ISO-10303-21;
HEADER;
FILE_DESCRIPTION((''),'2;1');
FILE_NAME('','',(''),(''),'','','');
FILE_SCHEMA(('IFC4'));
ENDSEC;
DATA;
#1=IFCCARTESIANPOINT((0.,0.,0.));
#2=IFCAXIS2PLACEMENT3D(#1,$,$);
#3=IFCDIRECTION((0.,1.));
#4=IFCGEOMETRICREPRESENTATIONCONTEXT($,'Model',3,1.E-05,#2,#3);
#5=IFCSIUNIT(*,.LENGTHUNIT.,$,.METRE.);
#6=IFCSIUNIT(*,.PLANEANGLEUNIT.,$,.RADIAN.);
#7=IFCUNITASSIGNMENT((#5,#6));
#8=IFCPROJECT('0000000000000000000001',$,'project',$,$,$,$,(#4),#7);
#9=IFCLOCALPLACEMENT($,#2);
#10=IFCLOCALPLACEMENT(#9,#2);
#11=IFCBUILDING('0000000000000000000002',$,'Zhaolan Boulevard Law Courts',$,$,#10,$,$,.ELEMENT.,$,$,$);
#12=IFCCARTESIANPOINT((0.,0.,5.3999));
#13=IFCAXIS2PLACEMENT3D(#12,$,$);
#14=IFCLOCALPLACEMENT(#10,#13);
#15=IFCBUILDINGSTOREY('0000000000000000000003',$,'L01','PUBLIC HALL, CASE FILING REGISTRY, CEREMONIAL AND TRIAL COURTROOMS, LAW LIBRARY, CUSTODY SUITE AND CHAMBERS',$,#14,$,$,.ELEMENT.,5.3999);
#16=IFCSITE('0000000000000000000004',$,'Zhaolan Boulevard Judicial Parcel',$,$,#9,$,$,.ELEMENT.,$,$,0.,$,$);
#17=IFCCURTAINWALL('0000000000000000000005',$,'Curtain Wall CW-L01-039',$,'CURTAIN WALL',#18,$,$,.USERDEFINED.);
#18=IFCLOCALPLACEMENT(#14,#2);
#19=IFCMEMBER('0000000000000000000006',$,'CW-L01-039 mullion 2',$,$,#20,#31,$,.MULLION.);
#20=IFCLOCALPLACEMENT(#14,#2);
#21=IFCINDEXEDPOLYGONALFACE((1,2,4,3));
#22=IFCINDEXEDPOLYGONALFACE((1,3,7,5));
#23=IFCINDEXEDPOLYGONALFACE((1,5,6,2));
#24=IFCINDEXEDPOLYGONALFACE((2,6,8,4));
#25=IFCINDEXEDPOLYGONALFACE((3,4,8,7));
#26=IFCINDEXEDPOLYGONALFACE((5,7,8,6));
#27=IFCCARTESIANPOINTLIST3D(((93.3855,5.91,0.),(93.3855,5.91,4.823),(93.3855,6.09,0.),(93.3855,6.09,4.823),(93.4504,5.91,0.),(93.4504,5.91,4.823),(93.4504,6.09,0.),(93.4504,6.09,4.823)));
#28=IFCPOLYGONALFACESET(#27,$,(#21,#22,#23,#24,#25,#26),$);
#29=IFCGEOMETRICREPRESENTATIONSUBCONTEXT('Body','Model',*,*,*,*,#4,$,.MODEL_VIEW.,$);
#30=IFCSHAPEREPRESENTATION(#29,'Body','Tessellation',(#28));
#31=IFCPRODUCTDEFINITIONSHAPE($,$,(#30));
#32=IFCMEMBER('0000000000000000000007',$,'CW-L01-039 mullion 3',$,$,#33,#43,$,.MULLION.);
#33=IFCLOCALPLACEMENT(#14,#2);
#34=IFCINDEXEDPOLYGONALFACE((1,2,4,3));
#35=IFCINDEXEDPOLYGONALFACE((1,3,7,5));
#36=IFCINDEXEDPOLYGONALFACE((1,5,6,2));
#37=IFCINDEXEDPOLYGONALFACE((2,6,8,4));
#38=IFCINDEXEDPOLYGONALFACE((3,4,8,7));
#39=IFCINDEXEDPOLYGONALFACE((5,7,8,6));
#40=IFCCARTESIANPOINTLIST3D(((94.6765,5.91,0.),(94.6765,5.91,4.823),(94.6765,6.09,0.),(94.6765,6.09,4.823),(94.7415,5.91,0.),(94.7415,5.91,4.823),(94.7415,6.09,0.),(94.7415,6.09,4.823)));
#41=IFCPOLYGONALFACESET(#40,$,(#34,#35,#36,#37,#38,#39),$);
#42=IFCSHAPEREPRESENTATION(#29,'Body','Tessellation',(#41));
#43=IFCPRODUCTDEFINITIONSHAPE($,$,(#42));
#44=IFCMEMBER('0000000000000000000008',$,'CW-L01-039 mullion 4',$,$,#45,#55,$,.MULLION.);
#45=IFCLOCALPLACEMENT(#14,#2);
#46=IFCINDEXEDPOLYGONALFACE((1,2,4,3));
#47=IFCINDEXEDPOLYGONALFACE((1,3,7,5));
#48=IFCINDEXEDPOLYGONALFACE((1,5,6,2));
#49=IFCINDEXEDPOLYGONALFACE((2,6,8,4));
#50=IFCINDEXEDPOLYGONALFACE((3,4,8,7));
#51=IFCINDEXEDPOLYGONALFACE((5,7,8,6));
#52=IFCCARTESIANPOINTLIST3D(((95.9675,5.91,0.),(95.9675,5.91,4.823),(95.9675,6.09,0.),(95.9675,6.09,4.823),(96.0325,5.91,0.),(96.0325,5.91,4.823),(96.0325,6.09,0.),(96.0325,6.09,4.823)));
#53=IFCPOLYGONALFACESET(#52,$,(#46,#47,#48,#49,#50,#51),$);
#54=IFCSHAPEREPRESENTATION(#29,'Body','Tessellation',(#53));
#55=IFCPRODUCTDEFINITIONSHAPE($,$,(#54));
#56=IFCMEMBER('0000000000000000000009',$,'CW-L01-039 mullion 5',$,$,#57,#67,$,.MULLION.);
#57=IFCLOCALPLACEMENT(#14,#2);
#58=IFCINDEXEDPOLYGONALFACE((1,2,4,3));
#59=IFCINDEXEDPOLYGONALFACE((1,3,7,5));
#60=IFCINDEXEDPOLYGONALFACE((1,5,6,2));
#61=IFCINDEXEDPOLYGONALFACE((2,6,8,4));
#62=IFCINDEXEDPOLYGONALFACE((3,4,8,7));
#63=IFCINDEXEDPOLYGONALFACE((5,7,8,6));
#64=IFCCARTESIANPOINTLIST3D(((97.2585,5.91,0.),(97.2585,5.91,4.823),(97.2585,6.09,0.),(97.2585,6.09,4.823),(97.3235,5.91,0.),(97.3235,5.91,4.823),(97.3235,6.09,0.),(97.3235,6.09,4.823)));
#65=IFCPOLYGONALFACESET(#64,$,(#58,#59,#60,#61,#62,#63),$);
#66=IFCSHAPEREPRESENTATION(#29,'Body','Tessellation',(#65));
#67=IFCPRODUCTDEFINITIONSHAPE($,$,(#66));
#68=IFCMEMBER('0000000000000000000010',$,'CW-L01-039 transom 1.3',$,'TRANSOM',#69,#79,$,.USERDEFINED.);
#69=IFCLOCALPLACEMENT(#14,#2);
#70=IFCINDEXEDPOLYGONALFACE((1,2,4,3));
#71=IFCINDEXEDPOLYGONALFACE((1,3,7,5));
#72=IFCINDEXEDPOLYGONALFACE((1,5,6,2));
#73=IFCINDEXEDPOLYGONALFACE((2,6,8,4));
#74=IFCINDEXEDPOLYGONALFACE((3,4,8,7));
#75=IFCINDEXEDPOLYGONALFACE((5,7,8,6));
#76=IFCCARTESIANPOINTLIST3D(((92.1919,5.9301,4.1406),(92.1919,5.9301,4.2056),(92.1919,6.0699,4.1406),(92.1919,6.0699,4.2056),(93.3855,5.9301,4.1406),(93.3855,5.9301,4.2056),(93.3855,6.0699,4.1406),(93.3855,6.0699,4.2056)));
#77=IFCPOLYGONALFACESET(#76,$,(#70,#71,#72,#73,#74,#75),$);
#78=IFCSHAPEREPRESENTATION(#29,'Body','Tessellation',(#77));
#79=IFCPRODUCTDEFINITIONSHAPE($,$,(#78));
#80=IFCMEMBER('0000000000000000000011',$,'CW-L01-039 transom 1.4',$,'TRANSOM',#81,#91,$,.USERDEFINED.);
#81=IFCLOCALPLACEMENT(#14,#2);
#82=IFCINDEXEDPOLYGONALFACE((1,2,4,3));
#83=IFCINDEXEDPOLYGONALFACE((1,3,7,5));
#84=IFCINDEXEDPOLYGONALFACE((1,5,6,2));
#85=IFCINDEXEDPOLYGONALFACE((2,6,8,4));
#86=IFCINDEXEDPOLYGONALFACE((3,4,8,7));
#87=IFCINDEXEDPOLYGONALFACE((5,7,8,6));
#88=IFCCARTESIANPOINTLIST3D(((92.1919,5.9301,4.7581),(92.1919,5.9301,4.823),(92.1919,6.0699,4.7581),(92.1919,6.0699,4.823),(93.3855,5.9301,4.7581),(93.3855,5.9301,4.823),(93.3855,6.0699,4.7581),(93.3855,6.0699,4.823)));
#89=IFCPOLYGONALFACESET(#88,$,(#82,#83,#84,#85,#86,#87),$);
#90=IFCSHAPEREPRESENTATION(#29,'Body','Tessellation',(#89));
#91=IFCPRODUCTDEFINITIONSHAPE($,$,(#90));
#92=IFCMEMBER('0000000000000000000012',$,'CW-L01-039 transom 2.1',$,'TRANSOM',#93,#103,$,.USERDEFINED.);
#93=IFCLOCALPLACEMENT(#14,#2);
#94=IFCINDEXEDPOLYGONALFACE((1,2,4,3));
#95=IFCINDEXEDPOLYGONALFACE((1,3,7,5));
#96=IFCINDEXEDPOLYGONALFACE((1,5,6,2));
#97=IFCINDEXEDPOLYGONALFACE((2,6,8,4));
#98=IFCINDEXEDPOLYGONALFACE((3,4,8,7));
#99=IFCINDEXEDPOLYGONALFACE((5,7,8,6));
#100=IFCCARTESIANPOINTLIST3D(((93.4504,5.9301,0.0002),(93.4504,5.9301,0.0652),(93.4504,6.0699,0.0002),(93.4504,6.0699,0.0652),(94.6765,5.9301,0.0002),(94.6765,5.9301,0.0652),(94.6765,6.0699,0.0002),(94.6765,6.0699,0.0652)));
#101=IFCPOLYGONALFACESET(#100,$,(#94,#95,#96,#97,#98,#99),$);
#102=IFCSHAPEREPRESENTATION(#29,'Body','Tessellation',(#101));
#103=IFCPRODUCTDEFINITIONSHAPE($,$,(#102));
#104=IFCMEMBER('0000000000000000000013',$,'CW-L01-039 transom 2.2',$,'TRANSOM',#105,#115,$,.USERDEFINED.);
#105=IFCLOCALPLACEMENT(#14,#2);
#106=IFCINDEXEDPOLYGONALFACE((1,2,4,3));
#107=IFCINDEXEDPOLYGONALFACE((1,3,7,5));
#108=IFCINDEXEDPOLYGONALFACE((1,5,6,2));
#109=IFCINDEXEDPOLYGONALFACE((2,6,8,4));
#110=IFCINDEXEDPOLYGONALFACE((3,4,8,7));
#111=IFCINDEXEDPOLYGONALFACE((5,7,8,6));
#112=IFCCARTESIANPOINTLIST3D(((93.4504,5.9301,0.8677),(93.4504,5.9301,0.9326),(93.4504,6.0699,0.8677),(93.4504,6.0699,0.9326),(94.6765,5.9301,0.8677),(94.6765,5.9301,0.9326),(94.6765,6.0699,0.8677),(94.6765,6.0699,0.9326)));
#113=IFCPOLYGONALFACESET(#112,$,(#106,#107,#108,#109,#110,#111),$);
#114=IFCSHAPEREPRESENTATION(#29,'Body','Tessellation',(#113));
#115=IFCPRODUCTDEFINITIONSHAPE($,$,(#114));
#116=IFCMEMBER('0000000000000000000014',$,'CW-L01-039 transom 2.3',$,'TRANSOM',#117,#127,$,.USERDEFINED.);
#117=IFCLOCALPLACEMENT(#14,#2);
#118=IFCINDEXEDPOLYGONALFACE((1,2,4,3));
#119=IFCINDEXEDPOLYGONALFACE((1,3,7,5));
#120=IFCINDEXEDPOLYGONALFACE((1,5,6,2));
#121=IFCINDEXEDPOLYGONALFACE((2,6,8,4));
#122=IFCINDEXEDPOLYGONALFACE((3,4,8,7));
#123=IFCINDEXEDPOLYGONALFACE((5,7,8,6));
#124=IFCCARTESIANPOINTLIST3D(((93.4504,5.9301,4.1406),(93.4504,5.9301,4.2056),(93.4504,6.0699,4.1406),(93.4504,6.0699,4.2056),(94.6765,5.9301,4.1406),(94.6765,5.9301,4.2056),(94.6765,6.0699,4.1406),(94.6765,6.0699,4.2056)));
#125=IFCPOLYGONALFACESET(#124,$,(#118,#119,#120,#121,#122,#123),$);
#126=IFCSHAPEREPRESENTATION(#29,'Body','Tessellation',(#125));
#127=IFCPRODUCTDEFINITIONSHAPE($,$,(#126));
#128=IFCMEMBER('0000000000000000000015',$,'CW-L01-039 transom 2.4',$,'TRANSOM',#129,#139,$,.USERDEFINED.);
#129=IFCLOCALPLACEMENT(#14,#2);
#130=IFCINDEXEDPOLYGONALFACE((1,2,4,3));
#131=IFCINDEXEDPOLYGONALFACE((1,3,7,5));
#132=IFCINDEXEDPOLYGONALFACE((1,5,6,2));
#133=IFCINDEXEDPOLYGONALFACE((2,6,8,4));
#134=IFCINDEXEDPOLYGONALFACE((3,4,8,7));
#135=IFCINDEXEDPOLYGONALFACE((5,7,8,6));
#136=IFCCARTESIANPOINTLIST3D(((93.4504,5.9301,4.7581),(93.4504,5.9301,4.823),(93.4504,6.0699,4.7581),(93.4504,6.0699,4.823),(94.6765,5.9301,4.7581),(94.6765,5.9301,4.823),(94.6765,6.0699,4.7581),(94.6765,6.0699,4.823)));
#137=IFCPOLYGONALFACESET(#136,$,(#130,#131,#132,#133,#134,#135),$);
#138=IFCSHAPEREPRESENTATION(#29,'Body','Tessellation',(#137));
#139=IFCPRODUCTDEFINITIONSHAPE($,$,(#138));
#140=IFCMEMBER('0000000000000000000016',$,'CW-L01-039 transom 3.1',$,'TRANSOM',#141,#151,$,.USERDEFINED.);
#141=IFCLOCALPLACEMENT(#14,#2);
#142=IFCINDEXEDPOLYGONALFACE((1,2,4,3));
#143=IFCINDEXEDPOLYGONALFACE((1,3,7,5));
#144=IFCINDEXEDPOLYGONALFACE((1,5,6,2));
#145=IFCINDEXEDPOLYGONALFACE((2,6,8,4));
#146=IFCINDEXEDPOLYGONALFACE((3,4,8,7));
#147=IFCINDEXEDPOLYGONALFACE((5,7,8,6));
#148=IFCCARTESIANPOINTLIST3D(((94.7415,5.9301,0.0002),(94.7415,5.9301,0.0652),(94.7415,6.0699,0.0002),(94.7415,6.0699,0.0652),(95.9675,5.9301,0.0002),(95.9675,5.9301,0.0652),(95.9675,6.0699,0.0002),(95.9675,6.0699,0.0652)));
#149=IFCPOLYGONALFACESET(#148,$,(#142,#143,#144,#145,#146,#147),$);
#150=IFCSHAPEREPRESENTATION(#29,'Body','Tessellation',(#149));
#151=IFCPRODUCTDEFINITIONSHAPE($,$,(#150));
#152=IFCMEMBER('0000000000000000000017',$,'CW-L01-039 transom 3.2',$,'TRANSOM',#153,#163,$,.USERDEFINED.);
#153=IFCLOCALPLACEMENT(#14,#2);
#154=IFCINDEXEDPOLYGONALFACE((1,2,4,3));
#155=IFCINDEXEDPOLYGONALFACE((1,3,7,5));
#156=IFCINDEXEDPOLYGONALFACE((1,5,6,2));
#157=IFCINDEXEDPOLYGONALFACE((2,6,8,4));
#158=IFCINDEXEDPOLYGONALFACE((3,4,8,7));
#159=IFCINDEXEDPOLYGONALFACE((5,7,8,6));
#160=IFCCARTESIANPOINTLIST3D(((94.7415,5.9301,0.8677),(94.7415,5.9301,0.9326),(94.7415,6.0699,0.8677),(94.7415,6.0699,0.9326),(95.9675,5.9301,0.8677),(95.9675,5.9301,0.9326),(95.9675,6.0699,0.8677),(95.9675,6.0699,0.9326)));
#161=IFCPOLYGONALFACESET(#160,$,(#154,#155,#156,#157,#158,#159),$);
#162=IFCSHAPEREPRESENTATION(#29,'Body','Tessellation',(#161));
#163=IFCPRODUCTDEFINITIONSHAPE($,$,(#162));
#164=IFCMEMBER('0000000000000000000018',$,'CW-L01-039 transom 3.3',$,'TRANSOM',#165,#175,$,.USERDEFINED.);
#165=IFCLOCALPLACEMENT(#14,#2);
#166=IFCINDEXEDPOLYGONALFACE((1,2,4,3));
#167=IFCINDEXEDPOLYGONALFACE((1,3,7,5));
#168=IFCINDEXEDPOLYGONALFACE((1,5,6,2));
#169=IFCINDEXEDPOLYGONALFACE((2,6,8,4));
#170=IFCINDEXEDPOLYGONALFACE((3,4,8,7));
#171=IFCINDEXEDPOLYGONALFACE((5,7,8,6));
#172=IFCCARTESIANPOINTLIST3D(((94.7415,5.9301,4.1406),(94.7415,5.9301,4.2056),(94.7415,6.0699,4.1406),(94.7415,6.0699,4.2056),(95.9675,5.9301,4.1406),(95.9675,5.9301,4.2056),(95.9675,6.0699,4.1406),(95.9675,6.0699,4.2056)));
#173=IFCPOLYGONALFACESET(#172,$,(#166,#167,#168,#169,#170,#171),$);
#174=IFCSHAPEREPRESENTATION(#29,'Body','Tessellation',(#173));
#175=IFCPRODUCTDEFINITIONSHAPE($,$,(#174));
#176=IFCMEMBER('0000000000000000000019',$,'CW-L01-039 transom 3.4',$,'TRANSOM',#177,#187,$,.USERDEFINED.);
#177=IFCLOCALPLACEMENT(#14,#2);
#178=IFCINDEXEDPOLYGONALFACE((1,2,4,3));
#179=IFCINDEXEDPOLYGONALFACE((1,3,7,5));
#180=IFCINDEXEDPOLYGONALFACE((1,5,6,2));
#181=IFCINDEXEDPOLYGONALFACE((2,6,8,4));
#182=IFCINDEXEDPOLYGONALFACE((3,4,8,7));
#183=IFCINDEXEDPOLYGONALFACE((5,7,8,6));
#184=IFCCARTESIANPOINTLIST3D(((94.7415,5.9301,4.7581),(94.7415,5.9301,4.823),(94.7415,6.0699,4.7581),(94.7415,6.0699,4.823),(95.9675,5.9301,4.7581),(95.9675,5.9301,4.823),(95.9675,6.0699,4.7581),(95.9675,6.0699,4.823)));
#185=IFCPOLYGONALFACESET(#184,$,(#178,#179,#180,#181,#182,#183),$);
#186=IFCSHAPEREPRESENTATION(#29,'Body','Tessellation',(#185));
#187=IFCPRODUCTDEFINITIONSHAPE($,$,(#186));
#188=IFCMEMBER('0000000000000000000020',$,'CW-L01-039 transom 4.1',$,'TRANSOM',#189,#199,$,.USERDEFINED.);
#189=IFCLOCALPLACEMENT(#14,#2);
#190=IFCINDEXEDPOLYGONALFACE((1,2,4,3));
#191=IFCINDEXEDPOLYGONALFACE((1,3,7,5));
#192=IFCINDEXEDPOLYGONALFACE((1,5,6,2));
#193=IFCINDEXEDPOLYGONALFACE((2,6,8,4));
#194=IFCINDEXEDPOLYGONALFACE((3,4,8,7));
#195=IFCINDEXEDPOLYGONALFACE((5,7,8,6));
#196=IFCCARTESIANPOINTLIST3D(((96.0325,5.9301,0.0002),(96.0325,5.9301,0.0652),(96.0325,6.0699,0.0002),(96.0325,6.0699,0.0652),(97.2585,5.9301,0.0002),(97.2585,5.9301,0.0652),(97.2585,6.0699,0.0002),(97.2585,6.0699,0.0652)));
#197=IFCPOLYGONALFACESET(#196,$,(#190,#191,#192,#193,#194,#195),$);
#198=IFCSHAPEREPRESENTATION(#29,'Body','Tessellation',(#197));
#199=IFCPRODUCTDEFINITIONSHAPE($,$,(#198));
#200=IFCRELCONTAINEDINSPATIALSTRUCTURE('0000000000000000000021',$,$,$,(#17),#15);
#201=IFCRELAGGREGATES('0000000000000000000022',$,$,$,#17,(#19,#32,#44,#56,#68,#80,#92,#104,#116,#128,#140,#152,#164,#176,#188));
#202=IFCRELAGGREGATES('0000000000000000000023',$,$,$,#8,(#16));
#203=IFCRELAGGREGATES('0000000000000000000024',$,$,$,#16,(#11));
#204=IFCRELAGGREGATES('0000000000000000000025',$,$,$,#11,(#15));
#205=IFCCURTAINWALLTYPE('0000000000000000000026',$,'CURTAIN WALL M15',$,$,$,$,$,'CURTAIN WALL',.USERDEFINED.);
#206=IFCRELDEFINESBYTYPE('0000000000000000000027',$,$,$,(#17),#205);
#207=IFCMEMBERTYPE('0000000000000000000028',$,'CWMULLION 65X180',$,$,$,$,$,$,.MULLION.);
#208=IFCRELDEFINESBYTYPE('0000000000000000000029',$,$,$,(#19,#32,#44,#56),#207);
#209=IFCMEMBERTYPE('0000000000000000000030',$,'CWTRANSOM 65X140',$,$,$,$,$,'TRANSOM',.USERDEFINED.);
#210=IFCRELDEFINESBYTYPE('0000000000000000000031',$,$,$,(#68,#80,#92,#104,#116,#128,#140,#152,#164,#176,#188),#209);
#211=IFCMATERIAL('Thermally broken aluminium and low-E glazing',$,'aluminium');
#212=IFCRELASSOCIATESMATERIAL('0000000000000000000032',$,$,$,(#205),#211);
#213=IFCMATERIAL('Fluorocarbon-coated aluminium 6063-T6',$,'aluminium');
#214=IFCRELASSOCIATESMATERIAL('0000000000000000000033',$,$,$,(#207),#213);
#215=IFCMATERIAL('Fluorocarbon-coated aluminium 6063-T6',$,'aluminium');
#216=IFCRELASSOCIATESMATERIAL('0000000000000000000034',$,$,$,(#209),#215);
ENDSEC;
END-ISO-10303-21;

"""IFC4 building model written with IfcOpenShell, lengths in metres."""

from ifc_helpers import new_model, si_unit, direction, frame, origin, origin_2d, place, context, subcontext, project, spatial, rectangle, extrude, material, material_profile, profile_set, type_object, element, aggregate, save


model = new_model("IFC4")

# Units and contexts
model_context = context("Model", 3, precision=1e-05, world=origin(), true_north=direction((0.0, 1.0)))
body_context = subcontext(model_context, "Body", "Model", "MODEL_VIEW")
ifc_project = project(units=[si_unit("LENGTHUNIT", "METRE"), si_unit("PLANEANGLEUNIT", "RADIAN")], contexts=[model_context])

# Site, building, storey
site_placement = place(None, origin())
site = spatial("IfcSite", under=ifc_project, at=site_placement, Name="Zhaolan Boulevard Judicial Parcel", CompositionType="ELEMENT", RefElevation=0.0)
building_placement = place(site_placement, origin())
building = spatial("IfcBuilding", under=site, at=building_placement, Name="Zhaolan Boulevard Law Courts", CompositionType="ELEMENT")
storey_placement = place(building_placement, frame((0.0, 0.0, 5.3999)))
storey = spatial("IfcBuildingStorey", under=building, at=storey_placement, Name="L01", Description="PUBLIC HALL, CASE FILING REGISTRY, CEREMONIAL AND TRIAL COURTROOMS, LAW LIBRARY, CUSTODY SUITE AND CHAMBERS", CompositionType="ELEMENT", Elevation=5.3999)

# Curtain wall, members
ifc_material_1 = material(Name="Thermally broken aluminium and low-E glazing", Category="aluminium")
curtain_wall_type = type_object("IfcCurtainWallType", Name="CURTAIN WALL M15", ElementType="CURTAIN WALL", PredefinedType="USERDEFINED", material=ifc_material_1)
curtain_wall_placement = place(storey_placement, origin())
curtain_wall = element("IfcCurtainWall", 1, at=curtain_wall_placement, inside=storey, type_object=curtain_wall_type, Name="Curtain Wall CW-L01-039", ObjectType="CURTAIN WALL", PredefinedType="USERDEFINED")
ifc_material_2 = material(Name="Fluorocarbon-coated aluminium 6063-T6", Category="aluminium")
ifc_material_profile_1 = material_profile(ifc_material_2, rectangle(XDim=0.1799, YDim=0.0649, at=origin_2d()), Name="AL65x180")
ifc_profile_set_1 = profile_set([ifc_material_profile_1], Name="Fluorocarbon-coated aluminium 6063-T6")
member_type_1 = type_object("IfcMemberType", Name="CWMULLION 65X180", PredefinedType="MULLION", material=ifc_profile_set_1)
member_1_placement = place(storey_placement, frame((93.418, 6.0, 0.0), z_axis=(0.0, 0.0, 1.0), x_axis=(0.0, 1.0, 0.0)))
member_1 = element("IfcMember", 2, at=member_1_placement, type_object=member_type_1, Name="CW-L01-039 mullion 2", PredefinedType="MULLION", context=body_context, shape_type="SweptSolid", body=[
    extrude(rectangle(XDim=0.1799, YDim=0.0649, at=origin_2d()), origin(), (0.0, 0.0, 1.0), 4.823),
])
member_2_placement = place(storey_placement, frame((94.709, 6.0, 0.0), z_axis=(0.0, 0.0, 1.0), x_axis=(0.0, 1.0, 0.0)))
member_2 = element("IfcMember", 3, at=member_2_placement, type_object=member_type_1, Name="CW-L01-039 mullion 3", PredefinedType="MULLION", context=body_context, shape_type="SweptSolid", body=[
    extrude(rectangle(XDim=0.1799, YDim=0.0649, at=origin_2d()), origin(), (0.0, 0.0, 1.0), 4.823),
])
member_3_placement = place(storey_placement, frame((96.0, 6.0, 0.0), z_axis=(0.0, 0.0, 1.0), x_axis=(0.0, 1.0, 0.0)))
member_3 = element("IfcMember", 4, at=member_3_placement, type_object=member_type_1, Name="CW-L01-039 mullion 4", PredefinedType="MULLION", context=body_context, shape_type="SweptSolid", body=[
    extrude(rectangle(XDim=0.1799, YDim=0.0649, at=origin_2d()), origin(), (0.0, 0.0, 1.0), 4.823),
])
member_4_placement = place(storey_placement, frame((97.291, 6.0, 0.0), z_axis=(0.0, 0.0, 1.0), x_axis=(0.0, 1.0, 0.0)))
member_4 = element("IfcMember", 5, at=member_4_placement, type_object=member_type_1, Name="CW-L01-039 mullion 5", PredefinedType="MULLION", context=body_context, shape_type="SweptSolid", body=[
    extrude(rectangle(XDim=0.1799, YDim=0.0649, at=origin_2d()), origin(), (0.0, 0.0, 1.0), 4.823),
])
ifc_material_3 = material(Name="Fluorocarbon-coated aluminium 6063-T6", Category="aluminium")
ifc_material_profile_2 = material_profile(ifc_material_3, rectangle(XDim=0.1399, YDim=0.0649, at=origin_2d()), Name="AL65x140")
ifc_profile_set_2 = profile_set([ifc_material_profile_2], Name="Fluorocarbon-coated aluminium 6063-T6")
member_type_2 = type_object("IfcMemberType", Name="CWTRANSOM 65X140", ElementType="TRANSOM", PredefinedType="USERDEFINED", material=ifc_profile_set_2)
member_5_placement = place(storey_placement, frame((92.1919, 6.0, 4.1731), z_axis=(1.0, 0.0, 0.0), x_axis=(0.0, 1.0, 0.0)))
member_5 = element("IfcMember", 6, at=member_5_placement, type_object=member_type_2, Name="CW-L01-039 transom 1.3", ObjectType="TRANSOM", PredefinedType="USERDEFINED", context=body_context, shape_type="SweptSolid", body=[
    extrude(rectangle(XDim=0.1399, YDim=0.0649, at=origin_2d()), origin(), (0.0, 0.0, 1.0), 1.1936),
])
member_6_placement = place(storey_placement, frame((92.1919, 6.0, 4.7905), z_axis=(1.0, 0.0, 0.0), x_axis=(0.0, 1.0, 0.0)))
member_6 = element("IfcMember", 7, at=member_6_placement, type_object=member_type_2, Name="CW-L01-039 transom 1.4", ObjectType="TRANSOM", PredefinedType="USERDEFINED", context=body_context, shape_type="SweptSolid", body=[
    extrude(rectangle(XDim=0.1399, YDim=0.0649, at=origin_2d()), origin(), (0.0, 0.0, 1.0), 1.1936),
])
member_7_placement = place(storey_placement, frame((93.4504, 6.0, 0.0327), z_axis=(1.0, 0.0, 0.0), x_axis=(0.0, 1.0, 0.0)))
member_7 = element("IfcMember", 8, at=member_7_placement, type_object=member_type_2, Name="CW-L01-039 transom 2.1", ObjectType="TRANSOM", PredefinedType="USERDEFINED", context=body_context, shape_type="SweptSolid", body=[
    extrude(rectangle(XDim=0.1399, YDim=0.0649, at=origin_2d()), origin(), (0.0, 0.0, 1.0), 1.2261),
])
member_8_placement = place(storey_placement, frame((93.4504, 6.0, 0.9001), z_axis=(1.0, 0.0, 0.0), x_axis=(0.0, 1.0, 0.0)))
member_8 = element("IfcMember", 9, at=member_8_placement, type_object=member_type_2, Name="CW-L01-039 transom 2.2", ObjectType="TRANSOM", PredefinedType="USERDEFINED", context=body_context, shape_type="SweptSolid", body=[
    extrude(rectangle(XDim=0.1399, YDim=0.0649, at=origin_2d()), origin(), (0.0, 0.0, 1.0), 1.2261),
])
member_9_placement = place(storey_placement, frame((93.4504, 6.0, 4.1731), z_axis=(1.0, 0.0, 0.0), x_axis=(0.0, 1.0, 0.0)))
member_9 = element("IfcMember", 10, at=member_9_placement, type_object=member_type_2, Name="CW-L01-039 transom 2.3", ObjectType="TRANSOM", PredefinedType="USERDEFINED", context=body_context, shape_type="SweptSolid", body=[
    extrude(rectangle(XDim=0.1399, YDim=0.0649, at=origin_2d()), origin(), (0.0, 0.0, 1.0), 1.2261),
])
member_10_placement = place(storey_placement, frame((93.4504, 6.0, 4.7905), z_axis=(1.0, 0.0, 0.0), x_axis=(0.0, 1.0, 0.0)))
member_10 = element("IfcMember", 11, at=member_10_placement, type_object=member_type_2, Name="CW-L01-039 transom 2.4", ObjectType="TRANSOM", PredefinedType="USERDEFINED", context=body_context, shape_type="SweptSolid", body=[
    extrude(rectangle(XDim=0.1399, YDim=0.0649, at=origin_2d()), origin(), (0.0, 0.0, 1.0), 1.2261),
])
member_11_placement = place(storey_placement, frame((94.7415, 6.0, 0.0327), z_axis=(1.0, 0.0, 0.0), x_axis=(0.0, 1.0, 0.0)))
member_11 = element("IfcMember", 12, at=member_11_placement, type_object=member_type_2, Name="CW-L01-039 transom 3.1", ObjectType="TRANSOM", PredefinedType="USERDEFINED", context=body_context, shape_type="SweptSolid", body=[
    extrude(rectangle(XDim=0.1399, YDim=0.0649, at=origin_2d()), origin(), (0.0, 0.0, 1.0), 1.2261),
])
member_12_placement = place(storey_placement, frame((94.7415, 6.0, 0.9001), z_axis=(1.0, 0.0, 0.0), x_axis=(0.0, 1.0, 0.0)))
member_12 = element("IfcMember", 13, at=member_12_placement, type_object=member_type_2, Name="CW-L01-039 transom 3.2", ObjectType="TRANSOM", PredefinedType="USERDEFINED", context=body_context, shape_type="SweptSolid", body=[
    extrude(rectangle(XDim=0.1399, YDim=0.0649, at=origin_2d()), origin(), (0.0, 0.0, 1.0), 1.2261),
])
member_13_placement = place(storey_placement, frame((94.7415, 6.0, 4.1731), z_axis=(1.0, 0.0, 0.0), x_axis=(0.0, 1.0, 0.0)))
member_13 = element("IfcMember", 14, at=member_13_placement, type_object=member_type_2, Name="CW-L01-039 transom 3.3", ObjectType="TRANSOM", PredefinedType="USERDEFINED", context=body_context, shape_type="SweptSolid", body=[
    extrude(rectangle(XDim=0.1399, YDim=0.0649, at=origin_2d()), origin(), (0.0, 0.0, 1.0), 1.2261),
])
member_14_placement = place(storey_placement, frame((94.7415, 6.0, 4.7905), z_axis=(1.0, 0.0, 0.0), x_axis=(0.0, 1.0, 0.0)))
member_14 = element("IfcMember", 15, at=member_14_placement, type_object=member_type_2, Name="CW-L01-039 transom 3.4", ObjectType="TRANSOM", PredefinedType="USERDEFINED", context=body_context, shape_type="SweptSolid", body=[
    extrude(rectangle(XDim=0.1399, YDim=0.0649, at=origin_2d()), origin(), (0.0, 0.0, 1.0), 1.2261),
])
member_15_placement = place(storey_placement, frame((96.0325, 6.0, 0.0327), z_axis=(1.0, 0.0, 0.0), x_axis=(0.0, 1.0, 0.0)))
member_15 = element("IfcMember", 16, at=member_15_placement, type_object=member_type_2, Name="CW-L01-039 transom 4.1", ObjectType="TRANSOM", PredefinedType="USERDEFINED", context=body_context, shape_type="SweptSolid", body=[
    extrude(rectangle(XDim=0.1399, YDim=0.0649, at=origin_2d()), origin(), (0.0, 0.0, 1.0), 1.2261),
])

aggregate(curtain_wall, [member_1, member_2, member_3, member_4, member_5, member_6, member_7, member_8, member_9, member_10, member_11, member_12, member_13, member_14, member_15])

save(model, "model.ifc")
